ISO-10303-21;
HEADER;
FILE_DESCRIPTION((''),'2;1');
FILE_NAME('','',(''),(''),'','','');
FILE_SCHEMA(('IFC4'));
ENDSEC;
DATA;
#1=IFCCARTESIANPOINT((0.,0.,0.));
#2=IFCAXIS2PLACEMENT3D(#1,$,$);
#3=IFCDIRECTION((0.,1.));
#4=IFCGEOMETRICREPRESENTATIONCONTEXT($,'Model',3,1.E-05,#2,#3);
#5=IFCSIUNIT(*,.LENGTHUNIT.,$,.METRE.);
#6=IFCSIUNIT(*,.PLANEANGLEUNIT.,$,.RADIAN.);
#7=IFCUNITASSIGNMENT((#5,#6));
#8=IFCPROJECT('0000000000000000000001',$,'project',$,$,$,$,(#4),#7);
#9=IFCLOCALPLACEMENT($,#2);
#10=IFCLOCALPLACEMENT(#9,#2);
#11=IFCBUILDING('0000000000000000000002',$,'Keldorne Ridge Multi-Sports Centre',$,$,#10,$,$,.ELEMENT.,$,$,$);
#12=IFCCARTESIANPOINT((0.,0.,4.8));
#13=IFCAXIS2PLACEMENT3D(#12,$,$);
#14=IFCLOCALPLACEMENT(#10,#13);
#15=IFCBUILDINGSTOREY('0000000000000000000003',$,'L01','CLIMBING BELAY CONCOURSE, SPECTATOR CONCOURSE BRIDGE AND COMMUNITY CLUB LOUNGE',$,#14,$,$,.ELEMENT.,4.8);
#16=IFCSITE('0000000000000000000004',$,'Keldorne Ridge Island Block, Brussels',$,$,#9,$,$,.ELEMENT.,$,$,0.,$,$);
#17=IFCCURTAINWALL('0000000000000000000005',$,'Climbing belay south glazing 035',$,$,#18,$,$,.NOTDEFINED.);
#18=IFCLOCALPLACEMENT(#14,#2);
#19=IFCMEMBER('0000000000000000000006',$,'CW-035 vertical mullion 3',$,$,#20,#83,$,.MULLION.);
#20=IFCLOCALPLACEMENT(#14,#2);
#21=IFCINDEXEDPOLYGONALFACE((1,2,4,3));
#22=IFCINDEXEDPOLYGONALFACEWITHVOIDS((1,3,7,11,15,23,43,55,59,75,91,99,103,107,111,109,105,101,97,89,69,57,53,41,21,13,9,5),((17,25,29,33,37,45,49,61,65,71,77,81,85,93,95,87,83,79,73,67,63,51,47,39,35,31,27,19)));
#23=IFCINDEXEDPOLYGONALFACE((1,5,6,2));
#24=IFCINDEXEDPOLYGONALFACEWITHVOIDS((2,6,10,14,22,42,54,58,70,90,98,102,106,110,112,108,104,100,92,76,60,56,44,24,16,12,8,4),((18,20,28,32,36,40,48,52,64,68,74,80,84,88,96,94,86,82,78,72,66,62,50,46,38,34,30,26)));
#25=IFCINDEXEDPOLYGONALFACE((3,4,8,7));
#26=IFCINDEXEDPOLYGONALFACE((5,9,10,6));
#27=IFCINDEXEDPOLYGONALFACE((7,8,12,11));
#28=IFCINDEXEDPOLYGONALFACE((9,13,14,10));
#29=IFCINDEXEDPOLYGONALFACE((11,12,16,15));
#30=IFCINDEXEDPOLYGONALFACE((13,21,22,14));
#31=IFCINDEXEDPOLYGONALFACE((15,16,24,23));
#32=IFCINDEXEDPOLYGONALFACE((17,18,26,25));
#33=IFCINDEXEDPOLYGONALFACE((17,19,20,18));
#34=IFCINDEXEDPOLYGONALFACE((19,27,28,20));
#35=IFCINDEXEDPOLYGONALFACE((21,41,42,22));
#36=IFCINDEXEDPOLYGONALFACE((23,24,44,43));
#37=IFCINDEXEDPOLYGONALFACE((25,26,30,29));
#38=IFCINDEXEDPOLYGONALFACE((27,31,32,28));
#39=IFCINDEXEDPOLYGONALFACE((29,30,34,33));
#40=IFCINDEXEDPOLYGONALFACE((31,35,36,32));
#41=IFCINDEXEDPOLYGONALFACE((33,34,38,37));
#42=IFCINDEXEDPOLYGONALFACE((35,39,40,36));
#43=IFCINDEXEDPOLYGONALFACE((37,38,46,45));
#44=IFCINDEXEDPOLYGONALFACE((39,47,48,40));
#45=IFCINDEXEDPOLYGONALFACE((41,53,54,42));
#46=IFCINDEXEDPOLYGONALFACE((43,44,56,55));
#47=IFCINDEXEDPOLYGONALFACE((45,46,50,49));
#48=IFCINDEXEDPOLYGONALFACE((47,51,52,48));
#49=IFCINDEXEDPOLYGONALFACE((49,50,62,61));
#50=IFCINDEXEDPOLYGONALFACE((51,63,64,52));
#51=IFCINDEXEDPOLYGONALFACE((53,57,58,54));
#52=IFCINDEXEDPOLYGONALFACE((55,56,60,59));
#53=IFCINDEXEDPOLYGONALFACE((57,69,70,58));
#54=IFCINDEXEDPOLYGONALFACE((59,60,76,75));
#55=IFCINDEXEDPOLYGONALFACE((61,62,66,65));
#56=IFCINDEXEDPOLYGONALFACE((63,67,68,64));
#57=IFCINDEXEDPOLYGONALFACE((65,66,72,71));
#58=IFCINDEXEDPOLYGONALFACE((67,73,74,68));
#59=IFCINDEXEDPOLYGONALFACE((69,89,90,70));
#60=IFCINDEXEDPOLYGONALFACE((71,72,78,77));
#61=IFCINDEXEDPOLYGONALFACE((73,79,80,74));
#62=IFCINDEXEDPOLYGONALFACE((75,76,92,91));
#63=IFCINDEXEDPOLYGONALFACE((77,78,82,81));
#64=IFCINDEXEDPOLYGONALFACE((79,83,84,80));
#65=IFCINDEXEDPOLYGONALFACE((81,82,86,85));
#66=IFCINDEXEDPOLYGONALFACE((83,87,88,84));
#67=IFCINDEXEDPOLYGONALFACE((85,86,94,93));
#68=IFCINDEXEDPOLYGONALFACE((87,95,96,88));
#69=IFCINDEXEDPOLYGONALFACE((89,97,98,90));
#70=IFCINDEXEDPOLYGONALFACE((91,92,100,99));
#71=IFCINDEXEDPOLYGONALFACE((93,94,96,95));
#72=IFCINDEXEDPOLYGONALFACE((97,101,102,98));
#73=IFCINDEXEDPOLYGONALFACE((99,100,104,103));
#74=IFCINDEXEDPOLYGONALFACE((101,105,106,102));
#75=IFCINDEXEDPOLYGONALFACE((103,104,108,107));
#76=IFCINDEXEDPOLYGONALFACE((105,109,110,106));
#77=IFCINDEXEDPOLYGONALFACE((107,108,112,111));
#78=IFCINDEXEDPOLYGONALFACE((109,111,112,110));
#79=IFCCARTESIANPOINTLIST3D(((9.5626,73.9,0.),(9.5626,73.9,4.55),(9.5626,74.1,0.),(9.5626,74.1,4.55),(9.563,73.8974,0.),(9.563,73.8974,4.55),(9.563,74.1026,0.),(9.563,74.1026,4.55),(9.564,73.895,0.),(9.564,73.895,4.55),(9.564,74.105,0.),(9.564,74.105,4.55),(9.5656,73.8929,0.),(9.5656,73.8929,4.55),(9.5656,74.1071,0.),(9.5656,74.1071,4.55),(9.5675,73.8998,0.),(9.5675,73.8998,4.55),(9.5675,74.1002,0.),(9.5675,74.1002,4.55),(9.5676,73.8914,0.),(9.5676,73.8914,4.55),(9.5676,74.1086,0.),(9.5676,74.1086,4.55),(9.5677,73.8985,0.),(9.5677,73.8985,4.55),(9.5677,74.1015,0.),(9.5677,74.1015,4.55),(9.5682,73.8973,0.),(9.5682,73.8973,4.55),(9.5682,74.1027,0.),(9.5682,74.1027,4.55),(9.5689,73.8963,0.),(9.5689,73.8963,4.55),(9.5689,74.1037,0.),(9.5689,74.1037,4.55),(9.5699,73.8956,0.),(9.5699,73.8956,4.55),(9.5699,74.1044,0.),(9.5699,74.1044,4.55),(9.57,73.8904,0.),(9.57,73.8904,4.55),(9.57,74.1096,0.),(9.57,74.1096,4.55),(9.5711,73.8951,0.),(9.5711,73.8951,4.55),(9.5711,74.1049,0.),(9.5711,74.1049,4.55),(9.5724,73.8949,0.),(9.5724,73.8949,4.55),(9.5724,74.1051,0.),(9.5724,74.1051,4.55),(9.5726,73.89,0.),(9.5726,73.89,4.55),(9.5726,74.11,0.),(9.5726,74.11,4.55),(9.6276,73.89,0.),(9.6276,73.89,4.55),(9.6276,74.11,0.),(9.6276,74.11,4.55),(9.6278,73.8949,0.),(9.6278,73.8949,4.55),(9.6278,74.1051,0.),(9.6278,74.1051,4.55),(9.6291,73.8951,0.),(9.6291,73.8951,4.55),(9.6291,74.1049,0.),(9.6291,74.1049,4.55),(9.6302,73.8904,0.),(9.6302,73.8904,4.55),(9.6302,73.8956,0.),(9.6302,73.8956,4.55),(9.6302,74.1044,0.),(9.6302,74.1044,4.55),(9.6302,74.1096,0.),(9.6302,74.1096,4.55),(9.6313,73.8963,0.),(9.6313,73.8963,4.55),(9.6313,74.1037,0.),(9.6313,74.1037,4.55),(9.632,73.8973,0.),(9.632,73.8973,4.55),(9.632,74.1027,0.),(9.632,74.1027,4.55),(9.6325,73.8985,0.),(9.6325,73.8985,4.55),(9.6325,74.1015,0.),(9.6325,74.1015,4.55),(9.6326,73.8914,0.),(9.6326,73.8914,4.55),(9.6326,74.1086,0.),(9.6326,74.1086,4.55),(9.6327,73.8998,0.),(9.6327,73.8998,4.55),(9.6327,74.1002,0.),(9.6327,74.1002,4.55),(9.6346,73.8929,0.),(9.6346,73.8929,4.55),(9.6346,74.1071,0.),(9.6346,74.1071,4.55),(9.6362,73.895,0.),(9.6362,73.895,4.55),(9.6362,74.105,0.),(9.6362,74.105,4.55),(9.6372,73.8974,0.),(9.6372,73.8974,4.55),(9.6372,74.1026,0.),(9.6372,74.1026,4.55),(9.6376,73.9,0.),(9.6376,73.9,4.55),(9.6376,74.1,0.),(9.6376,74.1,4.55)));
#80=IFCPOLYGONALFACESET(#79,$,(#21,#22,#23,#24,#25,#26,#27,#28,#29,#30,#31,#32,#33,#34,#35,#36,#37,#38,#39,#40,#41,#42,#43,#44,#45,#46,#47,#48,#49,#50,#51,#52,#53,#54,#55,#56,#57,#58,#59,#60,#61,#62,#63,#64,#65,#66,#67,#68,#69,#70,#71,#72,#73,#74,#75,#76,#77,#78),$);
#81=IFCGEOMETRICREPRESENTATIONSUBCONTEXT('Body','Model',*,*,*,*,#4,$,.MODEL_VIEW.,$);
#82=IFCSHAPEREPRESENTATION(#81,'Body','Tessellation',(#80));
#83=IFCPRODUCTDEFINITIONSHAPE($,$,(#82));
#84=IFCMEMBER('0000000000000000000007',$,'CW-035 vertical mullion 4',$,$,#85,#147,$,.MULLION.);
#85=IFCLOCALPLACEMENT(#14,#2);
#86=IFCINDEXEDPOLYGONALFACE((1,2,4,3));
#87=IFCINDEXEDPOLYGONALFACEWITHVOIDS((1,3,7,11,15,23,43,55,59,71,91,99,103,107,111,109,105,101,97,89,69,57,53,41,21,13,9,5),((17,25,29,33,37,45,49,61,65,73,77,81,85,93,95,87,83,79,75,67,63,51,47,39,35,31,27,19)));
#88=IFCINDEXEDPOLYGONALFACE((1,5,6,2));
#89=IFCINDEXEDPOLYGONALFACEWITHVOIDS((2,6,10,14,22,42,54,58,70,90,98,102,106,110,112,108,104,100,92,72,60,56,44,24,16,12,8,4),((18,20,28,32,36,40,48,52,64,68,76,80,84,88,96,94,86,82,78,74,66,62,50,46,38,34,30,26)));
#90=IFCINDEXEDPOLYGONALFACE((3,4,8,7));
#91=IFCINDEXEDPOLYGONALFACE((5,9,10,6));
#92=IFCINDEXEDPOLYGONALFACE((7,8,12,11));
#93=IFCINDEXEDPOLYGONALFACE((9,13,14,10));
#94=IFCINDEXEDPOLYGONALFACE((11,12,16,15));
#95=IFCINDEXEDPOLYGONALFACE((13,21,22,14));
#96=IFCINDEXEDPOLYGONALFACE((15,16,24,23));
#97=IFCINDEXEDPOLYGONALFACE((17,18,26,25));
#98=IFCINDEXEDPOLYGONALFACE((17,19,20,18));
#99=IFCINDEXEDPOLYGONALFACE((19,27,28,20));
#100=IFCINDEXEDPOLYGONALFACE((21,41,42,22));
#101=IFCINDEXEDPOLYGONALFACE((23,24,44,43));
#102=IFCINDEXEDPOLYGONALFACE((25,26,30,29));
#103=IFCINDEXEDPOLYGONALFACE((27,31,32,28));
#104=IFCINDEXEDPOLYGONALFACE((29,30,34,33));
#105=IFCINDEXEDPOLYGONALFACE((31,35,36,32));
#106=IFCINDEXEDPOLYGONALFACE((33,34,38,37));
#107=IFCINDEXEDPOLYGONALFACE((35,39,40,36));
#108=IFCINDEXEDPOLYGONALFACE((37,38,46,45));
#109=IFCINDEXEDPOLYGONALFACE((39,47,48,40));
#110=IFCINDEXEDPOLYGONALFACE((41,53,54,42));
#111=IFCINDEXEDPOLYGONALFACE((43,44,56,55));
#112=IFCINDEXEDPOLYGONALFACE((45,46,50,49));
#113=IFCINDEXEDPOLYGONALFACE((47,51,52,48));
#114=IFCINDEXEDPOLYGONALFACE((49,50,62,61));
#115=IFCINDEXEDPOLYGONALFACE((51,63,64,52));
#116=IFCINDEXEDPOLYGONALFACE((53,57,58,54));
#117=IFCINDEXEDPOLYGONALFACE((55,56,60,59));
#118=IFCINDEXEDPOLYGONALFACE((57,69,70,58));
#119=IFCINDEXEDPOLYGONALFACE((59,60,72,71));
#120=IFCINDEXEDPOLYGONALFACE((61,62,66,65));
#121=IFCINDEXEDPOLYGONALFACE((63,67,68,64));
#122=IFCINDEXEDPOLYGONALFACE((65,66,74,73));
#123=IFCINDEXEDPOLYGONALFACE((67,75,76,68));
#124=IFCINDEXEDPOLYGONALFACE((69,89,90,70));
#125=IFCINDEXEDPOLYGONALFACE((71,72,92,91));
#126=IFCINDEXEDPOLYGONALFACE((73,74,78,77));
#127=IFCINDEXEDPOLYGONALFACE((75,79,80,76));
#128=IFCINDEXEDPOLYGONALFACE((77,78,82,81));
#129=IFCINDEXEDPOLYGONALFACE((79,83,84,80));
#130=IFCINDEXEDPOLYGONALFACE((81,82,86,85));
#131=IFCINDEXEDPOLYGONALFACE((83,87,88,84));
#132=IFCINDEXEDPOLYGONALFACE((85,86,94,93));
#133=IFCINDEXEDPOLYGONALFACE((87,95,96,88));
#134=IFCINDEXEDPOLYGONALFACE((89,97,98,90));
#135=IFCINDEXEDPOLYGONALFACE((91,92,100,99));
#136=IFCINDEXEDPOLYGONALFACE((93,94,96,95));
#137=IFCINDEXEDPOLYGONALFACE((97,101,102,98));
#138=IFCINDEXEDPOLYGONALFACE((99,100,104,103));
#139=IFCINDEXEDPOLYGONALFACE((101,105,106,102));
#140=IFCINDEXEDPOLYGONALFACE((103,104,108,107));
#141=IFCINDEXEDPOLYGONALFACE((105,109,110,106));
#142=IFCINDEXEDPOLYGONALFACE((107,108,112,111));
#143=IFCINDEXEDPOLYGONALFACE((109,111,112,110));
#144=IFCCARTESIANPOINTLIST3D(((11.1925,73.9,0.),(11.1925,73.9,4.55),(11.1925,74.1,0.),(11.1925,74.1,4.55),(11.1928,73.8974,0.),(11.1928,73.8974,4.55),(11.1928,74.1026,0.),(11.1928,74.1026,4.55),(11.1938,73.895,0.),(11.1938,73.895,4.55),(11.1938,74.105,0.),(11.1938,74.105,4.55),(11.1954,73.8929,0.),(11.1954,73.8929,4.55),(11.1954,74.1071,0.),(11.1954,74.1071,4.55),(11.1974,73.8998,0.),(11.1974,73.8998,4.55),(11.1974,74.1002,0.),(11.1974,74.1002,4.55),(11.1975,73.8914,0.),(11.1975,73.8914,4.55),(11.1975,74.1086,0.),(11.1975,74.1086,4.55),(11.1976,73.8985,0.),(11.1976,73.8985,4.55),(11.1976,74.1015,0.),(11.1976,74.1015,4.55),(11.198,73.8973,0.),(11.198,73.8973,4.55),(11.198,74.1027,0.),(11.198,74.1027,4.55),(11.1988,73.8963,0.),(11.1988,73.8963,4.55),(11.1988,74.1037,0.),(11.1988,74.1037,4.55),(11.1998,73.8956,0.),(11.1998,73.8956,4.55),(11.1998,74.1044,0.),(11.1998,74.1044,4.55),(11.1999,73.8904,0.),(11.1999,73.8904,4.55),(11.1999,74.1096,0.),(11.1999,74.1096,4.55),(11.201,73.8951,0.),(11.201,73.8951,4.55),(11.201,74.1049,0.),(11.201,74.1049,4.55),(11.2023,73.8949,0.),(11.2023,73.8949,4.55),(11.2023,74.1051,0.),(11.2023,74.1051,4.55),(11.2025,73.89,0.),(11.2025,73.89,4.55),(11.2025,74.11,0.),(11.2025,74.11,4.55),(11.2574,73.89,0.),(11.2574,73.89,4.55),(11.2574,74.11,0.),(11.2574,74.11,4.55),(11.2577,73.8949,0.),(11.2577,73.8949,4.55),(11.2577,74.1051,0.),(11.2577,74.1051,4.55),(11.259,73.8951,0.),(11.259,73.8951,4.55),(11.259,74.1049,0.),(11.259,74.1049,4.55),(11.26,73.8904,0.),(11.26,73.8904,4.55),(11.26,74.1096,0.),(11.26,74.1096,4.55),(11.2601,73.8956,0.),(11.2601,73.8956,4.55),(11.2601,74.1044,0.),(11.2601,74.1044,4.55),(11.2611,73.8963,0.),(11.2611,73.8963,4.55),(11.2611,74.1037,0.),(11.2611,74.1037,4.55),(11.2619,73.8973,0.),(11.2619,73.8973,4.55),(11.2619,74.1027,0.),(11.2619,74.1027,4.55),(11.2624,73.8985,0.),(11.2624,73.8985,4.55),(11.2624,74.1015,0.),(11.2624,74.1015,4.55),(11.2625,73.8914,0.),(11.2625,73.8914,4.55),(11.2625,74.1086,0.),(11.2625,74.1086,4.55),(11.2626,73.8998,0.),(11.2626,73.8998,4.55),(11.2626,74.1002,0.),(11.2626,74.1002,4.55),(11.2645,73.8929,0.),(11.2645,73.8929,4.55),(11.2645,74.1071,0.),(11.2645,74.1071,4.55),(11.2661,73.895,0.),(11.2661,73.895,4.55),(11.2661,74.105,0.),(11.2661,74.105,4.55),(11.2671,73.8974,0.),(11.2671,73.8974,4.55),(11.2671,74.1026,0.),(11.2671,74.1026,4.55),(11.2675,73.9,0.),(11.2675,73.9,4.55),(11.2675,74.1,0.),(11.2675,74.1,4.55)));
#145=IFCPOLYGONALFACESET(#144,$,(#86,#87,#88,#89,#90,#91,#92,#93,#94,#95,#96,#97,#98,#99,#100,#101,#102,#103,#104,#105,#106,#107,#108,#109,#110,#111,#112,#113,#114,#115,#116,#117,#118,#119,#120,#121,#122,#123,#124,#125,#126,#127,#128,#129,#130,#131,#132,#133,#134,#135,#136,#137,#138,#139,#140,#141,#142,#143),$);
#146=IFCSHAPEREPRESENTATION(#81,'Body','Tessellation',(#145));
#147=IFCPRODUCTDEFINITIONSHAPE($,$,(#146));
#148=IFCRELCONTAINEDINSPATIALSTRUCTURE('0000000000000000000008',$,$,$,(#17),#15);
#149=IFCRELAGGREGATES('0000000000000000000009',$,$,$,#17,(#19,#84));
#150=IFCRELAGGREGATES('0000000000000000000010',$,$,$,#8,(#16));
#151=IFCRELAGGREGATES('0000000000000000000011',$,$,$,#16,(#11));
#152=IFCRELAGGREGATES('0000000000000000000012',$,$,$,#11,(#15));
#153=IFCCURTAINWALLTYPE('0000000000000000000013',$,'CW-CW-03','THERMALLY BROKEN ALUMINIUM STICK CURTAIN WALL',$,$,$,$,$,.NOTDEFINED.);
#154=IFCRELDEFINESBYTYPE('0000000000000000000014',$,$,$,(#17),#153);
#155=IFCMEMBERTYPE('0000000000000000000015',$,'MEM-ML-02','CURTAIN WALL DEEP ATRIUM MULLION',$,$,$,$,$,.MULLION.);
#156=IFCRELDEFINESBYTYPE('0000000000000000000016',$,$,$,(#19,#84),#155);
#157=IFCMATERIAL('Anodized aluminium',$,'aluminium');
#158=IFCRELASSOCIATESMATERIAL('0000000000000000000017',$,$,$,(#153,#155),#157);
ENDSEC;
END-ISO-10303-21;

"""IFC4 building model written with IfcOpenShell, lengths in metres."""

from ifc_helpers import new_model, si_unit, direction, frame, origin, origin_2d, place, context, subcontext, project, spatial, hollow_rectangle, extrude, material, material_profile, profile_set, type_object, element, aggregate, save


model = new_model("IFC4")

# Units and contexts
model_context = context("Model", 3, precision=1e-05, world=origin(), true_north=direction((0.0, 1.0)))
body_context = subcontext(model_context, "Body", "Model", "MODEL_VIEW")
ifc_project = project(units=[si_unit("LENGTHUNIT", "METRE"), si_unit("PLANEANGLEUNIT", "RADIAN")], contexts=[model_context])

# Site, building, storey
site_placement = place(None, origin())
site = spatial("IfcSite", under=ifc_project, at=site_placement, Name="Keldorne Ridge Island Block, Brussels", CompositionType="ELEMENT", RefElevation=0.0)
building_placement = place(site_placement, origin())
building = spatial("IfcBuilding", under=site, at=building_placement, Name="Keldorne Ridge Multi-Sports Centre", CompositionType="ELEMENT")
storey_placement = place(building_placement, frame((0.0, 0.0, 4.8)))
storey = spatial("IfcBuildingStorey", under=building, at=storey_placement, Name="L01", Description="CLIMBING BELAY CONCOURSE, SPECTATOR CONCOURSE BRIDGE AND COMMUNITY CLUB LOUNGE", CompositionType="ELEMENT", Elevation=4.8)

# Curtain wall, members
ifc_material_1 = material(Name="Anodized aluminium", Category="aluminium")
curtain_wall_type = type_object("IfcCurtainWallType", Name="CW-CW-03", Description="THERMALLY BROKEN ALUMINIUM STICK CURTAIN WALL", PredefinedType="NOTDEFINED", material=ifc_material_1)
curtain_wall_placement = place(storey_placement, origin())
curtain_wall = element("IfcCurtainWall", 1, at=curtain_wall_placement, inside=storey, type_object=curtain_wall_type, Name="Climbing belay south glazing 035", PredefinedType="NOTDEFINED")
ifc_material_profile_1 = material_profile(ifc_material_1, hollow_rectangle(XDim=0.075, YDim=0.22, WallThickness=0.0049, InnerFilletRadius=0.0049, OuterFilletRadius=0.01, at=origin_2d()), Name="ALU MULLION 220x75x5")
ifc_profile_set_1 = profile_set([ifc_material_profile_1], Name="Anodized aluminium")
member_type_1 = type_object("IfcMemberType", Name="MEM-ML-02", Description="CURTAIN WALL DEEP ATRIUM MULLION", PredefinedType="MULLION", material=ifc_profile_set_1)
member_1_placement = place(storey_placement, frame((9.6001, 74.0, 0.0), z_axis=(0.0, 0.0, 1.0), x_axis=(1.0, 0.0, 0.0)))
member_1 = element("IfcMember", 2, at=member_1_placement, type_object=member_type_1, Name="CW-035 vertical mullion 3", PredefinedType="MULLION", context=body_context, shape_type="SweptSolid", body=[
    extrude(hollow_rectangle(XDim=0.075, YDim=0.22, WallThickness=0.0049, InnerFilletRadius=0.0049, OuterFilletRadius=0.01, at=origin_2d()), origin(), (0.0, 0.0, 1.0), 4.55),
])
member_2_placement = place(storey_placement, frame((11.23, 74.0, 0.0), z_axis=(0.0, 0.0, 1.0), x_axis=(1.0, 0.0, 0.0)))
member_2 = element("IfcMember", 3, at=member_2_placement, type_object=member_type_1, Name="CW-035 vertical mullion 4", PredefinedType="MULLION", context=body_context, shape_type="SweptSolid", body=[
    extrude(hollow_rectangle(XDim=0.075, YDim=0.22, WallThickness=0.0049, InnerFilletRadius=0.0049, OuterFilletRadius=0.01, at=origin_2d()), origin(), (0.0, 0.0, 1.0), 4.55),
])
aggregate(curtain_wall, [member_1, member_2])

save(model, "model.ifc")
